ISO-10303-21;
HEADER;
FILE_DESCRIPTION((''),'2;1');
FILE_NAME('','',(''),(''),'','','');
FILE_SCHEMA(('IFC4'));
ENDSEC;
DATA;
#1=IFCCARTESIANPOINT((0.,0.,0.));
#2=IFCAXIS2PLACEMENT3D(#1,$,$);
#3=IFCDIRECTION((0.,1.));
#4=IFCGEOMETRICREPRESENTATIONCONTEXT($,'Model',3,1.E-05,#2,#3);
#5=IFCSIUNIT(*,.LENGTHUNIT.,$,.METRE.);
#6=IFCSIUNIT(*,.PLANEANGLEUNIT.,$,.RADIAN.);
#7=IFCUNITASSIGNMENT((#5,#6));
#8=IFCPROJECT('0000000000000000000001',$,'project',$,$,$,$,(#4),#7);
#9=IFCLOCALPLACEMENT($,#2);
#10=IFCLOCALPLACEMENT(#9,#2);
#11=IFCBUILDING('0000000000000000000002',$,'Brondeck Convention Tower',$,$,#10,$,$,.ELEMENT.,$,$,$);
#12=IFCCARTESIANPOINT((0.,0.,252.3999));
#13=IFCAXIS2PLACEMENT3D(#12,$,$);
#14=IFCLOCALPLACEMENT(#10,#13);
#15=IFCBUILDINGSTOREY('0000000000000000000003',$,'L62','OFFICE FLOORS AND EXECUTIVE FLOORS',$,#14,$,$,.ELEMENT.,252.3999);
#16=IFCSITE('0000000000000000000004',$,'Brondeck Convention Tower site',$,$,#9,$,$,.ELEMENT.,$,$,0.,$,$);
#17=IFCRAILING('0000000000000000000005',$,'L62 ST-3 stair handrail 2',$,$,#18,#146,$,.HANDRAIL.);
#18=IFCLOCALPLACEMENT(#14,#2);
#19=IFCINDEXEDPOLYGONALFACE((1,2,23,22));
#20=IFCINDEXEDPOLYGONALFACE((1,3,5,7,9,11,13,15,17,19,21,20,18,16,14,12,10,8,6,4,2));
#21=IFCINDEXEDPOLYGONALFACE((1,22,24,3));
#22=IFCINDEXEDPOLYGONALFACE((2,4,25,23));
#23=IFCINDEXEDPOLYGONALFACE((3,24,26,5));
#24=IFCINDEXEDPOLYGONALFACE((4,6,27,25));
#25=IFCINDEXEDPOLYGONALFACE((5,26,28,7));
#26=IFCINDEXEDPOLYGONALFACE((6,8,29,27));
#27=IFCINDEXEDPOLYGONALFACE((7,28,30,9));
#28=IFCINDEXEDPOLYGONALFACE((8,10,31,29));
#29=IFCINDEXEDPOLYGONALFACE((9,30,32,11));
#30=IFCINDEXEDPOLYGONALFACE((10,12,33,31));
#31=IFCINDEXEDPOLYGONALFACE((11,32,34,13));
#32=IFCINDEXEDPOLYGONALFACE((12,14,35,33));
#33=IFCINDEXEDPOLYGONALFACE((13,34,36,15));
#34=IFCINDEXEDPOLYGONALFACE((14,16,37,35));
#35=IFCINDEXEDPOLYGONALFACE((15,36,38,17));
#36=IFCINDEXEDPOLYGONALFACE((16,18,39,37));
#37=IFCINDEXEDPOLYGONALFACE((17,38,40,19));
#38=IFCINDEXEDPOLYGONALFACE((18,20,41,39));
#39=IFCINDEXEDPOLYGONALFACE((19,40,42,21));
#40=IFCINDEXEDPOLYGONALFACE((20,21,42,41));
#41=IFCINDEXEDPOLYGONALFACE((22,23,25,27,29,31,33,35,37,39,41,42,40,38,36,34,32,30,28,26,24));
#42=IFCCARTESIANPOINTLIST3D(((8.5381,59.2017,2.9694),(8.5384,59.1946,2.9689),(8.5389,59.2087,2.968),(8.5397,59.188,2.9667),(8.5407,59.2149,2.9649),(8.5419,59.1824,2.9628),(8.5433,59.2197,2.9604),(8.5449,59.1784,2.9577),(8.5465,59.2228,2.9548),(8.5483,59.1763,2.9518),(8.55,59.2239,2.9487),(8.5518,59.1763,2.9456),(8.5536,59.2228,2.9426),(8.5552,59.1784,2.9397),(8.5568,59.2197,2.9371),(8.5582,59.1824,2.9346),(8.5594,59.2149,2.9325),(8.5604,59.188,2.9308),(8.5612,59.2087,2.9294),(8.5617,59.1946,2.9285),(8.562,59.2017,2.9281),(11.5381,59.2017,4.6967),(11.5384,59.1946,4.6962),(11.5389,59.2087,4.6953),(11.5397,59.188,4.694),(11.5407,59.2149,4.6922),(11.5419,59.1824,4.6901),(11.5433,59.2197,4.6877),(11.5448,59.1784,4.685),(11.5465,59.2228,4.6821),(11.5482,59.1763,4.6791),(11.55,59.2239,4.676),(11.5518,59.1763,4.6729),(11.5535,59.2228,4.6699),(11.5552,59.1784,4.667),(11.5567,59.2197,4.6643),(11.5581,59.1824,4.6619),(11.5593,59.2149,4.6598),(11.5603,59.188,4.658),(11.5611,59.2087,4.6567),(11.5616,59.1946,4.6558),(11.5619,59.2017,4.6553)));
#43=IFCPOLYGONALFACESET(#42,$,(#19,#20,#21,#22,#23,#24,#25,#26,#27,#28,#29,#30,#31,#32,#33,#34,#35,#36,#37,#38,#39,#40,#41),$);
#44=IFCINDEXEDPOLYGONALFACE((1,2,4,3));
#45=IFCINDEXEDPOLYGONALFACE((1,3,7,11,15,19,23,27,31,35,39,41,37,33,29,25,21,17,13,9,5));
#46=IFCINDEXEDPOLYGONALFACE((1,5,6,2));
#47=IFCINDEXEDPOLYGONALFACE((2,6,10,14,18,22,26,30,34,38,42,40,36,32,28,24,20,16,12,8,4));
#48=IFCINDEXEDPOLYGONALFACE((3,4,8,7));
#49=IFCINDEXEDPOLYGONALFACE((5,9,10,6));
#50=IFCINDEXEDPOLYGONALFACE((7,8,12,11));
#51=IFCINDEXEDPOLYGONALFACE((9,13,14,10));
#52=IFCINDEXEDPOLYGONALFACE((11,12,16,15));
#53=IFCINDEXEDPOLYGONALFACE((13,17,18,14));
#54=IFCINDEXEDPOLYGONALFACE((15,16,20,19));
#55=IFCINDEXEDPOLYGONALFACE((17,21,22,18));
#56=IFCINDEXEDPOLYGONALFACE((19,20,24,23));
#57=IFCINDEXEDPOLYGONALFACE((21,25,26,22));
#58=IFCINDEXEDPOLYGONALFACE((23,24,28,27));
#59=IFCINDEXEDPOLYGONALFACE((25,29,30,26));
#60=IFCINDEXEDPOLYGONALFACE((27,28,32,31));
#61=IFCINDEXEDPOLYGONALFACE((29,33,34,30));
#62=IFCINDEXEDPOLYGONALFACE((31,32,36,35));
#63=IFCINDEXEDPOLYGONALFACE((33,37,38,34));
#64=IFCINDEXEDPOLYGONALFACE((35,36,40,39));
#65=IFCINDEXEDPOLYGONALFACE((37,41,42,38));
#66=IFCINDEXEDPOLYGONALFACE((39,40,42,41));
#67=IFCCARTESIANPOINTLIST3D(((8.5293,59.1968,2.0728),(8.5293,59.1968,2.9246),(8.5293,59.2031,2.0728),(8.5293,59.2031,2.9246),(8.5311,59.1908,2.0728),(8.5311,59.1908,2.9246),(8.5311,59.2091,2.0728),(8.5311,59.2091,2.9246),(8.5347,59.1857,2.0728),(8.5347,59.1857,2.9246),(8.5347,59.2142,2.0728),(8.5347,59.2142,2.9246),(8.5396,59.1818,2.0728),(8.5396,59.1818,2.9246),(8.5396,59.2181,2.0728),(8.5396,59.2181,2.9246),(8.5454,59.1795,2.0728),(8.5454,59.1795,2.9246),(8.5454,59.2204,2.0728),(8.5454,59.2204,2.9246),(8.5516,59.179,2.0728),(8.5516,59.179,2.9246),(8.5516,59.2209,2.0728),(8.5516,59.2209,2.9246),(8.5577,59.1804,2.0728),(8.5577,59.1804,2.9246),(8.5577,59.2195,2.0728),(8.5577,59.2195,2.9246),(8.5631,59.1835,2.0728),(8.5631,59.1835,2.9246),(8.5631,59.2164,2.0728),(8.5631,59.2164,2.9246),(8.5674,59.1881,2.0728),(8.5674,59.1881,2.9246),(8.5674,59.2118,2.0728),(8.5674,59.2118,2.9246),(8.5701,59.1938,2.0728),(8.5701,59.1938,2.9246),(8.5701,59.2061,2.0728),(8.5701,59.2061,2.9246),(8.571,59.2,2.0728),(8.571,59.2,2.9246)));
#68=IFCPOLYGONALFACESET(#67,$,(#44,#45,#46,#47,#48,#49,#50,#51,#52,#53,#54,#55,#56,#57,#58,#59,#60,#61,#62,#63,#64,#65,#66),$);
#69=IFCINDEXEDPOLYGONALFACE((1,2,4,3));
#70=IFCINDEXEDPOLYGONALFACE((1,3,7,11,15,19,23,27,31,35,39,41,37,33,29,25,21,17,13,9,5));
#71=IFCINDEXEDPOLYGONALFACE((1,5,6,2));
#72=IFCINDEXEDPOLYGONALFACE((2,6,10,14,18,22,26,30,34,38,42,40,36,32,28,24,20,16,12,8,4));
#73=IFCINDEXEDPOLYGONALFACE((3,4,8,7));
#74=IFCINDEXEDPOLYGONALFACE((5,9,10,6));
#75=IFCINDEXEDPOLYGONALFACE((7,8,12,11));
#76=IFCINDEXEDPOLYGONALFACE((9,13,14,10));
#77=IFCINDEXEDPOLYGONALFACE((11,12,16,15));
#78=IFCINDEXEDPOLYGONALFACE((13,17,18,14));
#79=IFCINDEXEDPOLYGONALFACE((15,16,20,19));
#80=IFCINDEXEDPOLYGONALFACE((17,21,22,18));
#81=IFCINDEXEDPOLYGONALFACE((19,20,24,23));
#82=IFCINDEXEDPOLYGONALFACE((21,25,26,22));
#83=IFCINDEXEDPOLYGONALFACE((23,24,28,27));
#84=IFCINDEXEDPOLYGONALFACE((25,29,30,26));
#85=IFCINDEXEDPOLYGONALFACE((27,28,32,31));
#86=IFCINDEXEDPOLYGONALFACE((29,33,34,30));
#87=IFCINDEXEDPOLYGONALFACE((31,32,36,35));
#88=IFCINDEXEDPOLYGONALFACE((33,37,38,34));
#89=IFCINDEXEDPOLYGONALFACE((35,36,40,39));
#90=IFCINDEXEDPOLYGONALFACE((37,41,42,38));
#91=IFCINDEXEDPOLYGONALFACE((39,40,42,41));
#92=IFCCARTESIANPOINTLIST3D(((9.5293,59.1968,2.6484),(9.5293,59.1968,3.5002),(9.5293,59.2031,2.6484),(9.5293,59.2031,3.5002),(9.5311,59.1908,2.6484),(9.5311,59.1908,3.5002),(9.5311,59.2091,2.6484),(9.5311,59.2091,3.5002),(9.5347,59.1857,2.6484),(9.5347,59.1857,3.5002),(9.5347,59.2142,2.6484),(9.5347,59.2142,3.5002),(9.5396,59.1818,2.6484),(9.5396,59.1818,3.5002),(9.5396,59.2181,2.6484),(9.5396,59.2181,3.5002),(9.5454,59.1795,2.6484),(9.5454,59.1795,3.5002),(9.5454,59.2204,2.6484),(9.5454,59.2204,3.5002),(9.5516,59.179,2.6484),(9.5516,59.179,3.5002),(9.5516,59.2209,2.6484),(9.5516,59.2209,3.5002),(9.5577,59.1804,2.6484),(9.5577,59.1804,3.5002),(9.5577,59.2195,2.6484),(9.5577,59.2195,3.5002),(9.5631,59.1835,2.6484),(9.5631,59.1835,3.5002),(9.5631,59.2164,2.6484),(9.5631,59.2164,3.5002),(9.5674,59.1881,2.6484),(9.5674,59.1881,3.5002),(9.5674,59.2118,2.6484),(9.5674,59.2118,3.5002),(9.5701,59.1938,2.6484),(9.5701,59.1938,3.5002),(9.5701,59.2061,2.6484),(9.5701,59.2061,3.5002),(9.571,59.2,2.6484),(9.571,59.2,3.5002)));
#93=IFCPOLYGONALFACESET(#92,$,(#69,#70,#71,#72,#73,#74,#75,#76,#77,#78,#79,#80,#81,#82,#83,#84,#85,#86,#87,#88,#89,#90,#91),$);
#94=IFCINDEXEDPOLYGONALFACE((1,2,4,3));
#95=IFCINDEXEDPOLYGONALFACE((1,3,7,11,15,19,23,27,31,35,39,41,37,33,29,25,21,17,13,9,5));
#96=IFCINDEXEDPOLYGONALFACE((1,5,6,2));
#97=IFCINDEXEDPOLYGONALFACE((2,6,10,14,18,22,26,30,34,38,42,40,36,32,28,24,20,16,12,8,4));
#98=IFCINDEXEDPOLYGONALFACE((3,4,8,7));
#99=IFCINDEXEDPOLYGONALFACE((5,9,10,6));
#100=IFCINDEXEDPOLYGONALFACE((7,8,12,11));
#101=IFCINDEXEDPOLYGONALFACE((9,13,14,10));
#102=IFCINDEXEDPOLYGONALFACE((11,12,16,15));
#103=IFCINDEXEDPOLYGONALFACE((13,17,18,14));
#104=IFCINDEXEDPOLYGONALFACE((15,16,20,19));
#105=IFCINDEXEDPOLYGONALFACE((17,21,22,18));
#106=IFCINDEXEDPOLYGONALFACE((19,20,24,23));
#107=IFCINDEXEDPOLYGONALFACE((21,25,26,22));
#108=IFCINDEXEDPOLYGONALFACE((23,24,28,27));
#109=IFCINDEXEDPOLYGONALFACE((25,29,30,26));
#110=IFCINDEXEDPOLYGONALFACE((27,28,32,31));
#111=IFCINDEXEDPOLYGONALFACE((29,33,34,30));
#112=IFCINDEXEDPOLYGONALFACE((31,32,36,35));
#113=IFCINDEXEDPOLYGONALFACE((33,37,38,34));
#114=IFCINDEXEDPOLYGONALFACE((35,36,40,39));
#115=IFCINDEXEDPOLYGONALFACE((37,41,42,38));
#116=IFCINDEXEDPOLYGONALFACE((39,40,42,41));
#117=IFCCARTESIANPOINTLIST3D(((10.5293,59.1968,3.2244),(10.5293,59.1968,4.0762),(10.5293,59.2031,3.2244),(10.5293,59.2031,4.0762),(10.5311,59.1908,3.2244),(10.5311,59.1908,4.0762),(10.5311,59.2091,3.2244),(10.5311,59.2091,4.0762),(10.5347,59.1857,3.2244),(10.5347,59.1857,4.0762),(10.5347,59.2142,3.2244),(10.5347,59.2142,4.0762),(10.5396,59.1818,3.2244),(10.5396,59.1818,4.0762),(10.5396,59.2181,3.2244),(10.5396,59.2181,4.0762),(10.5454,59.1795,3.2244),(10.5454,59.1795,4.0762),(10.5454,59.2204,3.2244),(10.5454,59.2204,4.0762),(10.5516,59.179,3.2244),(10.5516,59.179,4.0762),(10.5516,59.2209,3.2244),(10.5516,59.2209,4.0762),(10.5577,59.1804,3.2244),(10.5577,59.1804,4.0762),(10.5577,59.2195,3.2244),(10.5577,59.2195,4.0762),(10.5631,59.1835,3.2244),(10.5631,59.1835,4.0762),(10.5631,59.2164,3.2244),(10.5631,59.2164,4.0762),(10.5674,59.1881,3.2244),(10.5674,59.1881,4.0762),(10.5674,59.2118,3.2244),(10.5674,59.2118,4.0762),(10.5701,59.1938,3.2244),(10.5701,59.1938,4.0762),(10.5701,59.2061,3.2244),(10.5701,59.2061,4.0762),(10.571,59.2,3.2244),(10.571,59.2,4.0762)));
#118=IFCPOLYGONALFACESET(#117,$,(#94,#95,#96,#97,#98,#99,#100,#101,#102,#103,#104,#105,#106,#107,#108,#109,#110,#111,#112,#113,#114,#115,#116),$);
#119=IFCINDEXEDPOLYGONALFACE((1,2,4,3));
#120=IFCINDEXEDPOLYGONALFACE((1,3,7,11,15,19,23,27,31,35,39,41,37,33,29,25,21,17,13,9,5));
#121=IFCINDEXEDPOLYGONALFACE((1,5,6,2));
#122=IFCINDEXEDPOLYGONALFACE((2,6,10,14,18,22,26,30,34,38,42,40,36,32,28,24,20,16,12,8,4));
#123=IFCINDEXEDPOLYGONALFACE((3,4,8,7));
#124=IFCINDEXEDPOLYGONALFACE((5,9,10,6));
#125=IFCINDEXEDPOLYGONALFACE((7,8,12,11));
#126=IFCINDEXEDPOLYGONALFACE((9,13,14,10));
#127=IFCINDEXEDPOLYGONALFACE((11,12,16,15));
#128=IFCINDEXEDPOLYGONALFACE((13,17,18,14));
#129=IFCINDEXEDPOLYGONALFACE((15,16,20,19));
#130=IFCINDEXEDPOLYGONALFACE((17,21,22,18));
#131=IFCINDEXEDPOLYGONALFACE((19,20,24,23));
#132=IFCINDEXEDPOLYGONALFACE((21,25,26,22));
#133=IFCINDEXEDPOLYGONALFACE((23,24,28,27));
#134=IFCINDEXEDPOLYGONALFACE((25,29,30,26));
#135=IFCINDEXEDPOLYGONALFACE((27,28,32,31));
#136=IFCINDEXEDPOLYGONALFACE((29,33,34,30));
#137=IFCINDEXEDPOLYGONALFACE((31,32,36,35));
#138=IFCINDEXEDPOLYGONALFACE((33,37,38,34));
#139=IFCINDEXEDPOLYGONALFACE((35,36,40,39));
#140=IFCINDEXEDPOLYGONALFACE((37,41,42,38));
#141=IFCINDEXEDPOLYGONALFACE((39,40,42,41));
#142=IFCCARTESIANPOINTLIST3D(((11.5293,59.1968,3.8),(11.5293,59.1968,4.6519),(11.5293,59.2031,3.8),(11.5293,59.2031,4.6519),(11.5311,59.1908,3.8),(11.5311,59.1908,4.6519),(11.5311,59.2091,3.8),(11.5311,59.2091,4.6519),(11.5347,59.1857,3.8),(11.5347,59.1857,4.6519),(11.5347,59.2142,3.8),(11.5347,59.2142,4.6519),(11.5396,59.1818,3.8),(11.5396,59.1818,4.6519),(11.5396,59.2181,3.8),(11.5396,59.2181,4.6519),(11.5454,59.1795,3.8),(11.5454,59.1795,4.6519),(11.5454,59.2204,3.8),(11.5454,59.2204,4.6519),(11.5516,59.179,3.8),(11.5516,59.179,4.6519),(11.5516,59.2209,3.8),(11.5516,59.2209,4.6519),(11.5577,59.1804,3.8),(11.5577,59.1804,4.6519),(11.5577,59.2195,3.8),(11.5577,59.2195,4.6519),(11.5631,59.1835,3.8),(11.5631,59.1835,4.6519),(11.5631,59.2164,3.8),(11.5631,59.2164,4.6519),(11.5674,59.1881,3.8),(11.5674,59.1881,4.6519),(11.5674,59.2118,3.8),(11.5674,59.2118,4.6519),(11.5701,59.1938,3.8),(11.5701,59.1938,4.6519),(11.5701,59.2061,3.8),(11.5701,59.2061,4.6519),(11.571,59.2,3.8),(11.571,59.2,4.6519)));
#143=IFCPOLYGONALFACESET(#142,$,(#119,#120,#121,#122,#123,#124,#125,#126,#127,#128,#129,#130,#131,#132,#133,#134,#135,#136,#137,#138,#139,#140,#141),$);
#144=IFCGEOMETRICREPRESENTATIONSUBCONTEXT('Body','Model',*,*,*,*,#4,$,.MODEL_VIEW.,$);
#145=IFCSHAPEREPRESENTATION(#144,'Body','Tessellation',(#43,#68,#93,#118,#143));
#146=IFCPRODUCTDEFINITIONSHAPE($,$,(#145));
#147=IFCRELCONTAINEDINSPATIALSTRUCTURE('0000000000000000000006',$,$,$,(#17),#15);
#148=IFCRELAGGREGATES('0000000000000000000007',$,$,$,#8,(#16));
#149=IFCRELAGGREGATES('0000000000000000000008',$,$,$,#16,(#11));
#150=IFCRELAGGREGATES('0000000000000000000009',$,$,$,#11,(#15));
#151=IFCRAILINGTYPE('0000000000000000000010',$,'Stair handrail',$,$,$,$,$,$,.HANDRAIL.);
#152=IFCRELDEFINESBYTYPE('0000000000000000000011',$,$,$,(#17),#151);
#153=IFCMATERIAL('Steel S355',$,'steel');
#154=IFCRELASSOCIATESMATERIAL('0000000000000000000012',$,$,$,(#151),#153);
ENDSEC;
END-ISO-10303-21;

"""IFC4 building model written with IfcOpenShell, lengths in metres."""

from ifc_helpers import new_model, si_unit, direction, frame, origin, origin_2d, place, context, subcontext, project, spatial, circle, extrude, material, type_object, element, save


model = new_model("IFC4")

# Units and contexts
model_context = context("Model", 3, precision=1e-05, world=origin(), true_north=direction((0.0, 1.0)))
body_context = subcontext(model_context, "Body", "Model", "MODEL_VIEW")
ifc_project = project(units=[si_unit("LENGTHUNIT", "METRE"), si_unit("PLANEANGLEUNIT", "RADIAN")], contexts=[model_context])

# Site, building, storey
site_placement = place(None, origin())
site = spatial("IfcSite", under=ifc_project, at=site_placement, Name="Brondeck Convention Tower site", CompositionType="ELEMENT", RefElevation=0.0)
building_placement = place(site_placement, origin())
building = spatial("IfcBuilding", under=site, at=building_placement, Name="Brondeck Convention Tower", CompositionType="ELEMENT")
storey_placement = place(building_placement, frame((0.0, 0.0, 252.3999)))
storey = spatial("IfcBuildingStorey", under=building, at=storey_placement, Name="L62", Description="OFFICE FLOORS AND EXECUTIVE FLOORS", CompositionType="ELEMENT", Elevation=252.3999)

# Railing
ifc_material_1 = material(Name="Steel S355", Category="steel")
railing_type = type_object("IfcRailingType", Name="Stair handrail", PredefinedType="HANDRAIL", material=ifc_material_1)
railing_1_placement = place(storey_placement, frame((8.55, 59.2, 2.0728)))
element("IfcRailing", 1, at=railing_1_placement, inside=storey, type_object=railing_type, Name="L62 ST-3 stair handrail 2", PredefinedType="HANDRAIL", context=body_context, shape_type="SweptSolid", body=[
    extrude(circle(Radius=0.0239, at=origin_2d()), frame((0.0, 0.0, 0.876), z_axis=(0.86662, 0.0, 0.498969), x_axis=(0.0, 1.0, 0.0)), (0.0, 0.0, 1.0), 3.4617),
    extrude(circle(Radius=0.021, at=origin_2d()), origin(), (0.0, 0.0, 1.0), 0.8518),
    extrude(circle(Radius=0.021, at=origin_2d()), frame((1.0, 0.0, 0.5757)), (0.0, 0.0, 1.0), 0.8518),
    extrude(circle(Radius=0.021, at=origin_2d()), frame((2.0, 0.0, 1.1516)), (0.0, 0.0, 1.0), 0.8518),
    extrude(circle(Radius=0.021, at=origin_2d()), frame((3.0, 0.0, 1.7273)), (0.0, 0.0, 1.0), 0.8518),
])

save(model, "model.ifc")
